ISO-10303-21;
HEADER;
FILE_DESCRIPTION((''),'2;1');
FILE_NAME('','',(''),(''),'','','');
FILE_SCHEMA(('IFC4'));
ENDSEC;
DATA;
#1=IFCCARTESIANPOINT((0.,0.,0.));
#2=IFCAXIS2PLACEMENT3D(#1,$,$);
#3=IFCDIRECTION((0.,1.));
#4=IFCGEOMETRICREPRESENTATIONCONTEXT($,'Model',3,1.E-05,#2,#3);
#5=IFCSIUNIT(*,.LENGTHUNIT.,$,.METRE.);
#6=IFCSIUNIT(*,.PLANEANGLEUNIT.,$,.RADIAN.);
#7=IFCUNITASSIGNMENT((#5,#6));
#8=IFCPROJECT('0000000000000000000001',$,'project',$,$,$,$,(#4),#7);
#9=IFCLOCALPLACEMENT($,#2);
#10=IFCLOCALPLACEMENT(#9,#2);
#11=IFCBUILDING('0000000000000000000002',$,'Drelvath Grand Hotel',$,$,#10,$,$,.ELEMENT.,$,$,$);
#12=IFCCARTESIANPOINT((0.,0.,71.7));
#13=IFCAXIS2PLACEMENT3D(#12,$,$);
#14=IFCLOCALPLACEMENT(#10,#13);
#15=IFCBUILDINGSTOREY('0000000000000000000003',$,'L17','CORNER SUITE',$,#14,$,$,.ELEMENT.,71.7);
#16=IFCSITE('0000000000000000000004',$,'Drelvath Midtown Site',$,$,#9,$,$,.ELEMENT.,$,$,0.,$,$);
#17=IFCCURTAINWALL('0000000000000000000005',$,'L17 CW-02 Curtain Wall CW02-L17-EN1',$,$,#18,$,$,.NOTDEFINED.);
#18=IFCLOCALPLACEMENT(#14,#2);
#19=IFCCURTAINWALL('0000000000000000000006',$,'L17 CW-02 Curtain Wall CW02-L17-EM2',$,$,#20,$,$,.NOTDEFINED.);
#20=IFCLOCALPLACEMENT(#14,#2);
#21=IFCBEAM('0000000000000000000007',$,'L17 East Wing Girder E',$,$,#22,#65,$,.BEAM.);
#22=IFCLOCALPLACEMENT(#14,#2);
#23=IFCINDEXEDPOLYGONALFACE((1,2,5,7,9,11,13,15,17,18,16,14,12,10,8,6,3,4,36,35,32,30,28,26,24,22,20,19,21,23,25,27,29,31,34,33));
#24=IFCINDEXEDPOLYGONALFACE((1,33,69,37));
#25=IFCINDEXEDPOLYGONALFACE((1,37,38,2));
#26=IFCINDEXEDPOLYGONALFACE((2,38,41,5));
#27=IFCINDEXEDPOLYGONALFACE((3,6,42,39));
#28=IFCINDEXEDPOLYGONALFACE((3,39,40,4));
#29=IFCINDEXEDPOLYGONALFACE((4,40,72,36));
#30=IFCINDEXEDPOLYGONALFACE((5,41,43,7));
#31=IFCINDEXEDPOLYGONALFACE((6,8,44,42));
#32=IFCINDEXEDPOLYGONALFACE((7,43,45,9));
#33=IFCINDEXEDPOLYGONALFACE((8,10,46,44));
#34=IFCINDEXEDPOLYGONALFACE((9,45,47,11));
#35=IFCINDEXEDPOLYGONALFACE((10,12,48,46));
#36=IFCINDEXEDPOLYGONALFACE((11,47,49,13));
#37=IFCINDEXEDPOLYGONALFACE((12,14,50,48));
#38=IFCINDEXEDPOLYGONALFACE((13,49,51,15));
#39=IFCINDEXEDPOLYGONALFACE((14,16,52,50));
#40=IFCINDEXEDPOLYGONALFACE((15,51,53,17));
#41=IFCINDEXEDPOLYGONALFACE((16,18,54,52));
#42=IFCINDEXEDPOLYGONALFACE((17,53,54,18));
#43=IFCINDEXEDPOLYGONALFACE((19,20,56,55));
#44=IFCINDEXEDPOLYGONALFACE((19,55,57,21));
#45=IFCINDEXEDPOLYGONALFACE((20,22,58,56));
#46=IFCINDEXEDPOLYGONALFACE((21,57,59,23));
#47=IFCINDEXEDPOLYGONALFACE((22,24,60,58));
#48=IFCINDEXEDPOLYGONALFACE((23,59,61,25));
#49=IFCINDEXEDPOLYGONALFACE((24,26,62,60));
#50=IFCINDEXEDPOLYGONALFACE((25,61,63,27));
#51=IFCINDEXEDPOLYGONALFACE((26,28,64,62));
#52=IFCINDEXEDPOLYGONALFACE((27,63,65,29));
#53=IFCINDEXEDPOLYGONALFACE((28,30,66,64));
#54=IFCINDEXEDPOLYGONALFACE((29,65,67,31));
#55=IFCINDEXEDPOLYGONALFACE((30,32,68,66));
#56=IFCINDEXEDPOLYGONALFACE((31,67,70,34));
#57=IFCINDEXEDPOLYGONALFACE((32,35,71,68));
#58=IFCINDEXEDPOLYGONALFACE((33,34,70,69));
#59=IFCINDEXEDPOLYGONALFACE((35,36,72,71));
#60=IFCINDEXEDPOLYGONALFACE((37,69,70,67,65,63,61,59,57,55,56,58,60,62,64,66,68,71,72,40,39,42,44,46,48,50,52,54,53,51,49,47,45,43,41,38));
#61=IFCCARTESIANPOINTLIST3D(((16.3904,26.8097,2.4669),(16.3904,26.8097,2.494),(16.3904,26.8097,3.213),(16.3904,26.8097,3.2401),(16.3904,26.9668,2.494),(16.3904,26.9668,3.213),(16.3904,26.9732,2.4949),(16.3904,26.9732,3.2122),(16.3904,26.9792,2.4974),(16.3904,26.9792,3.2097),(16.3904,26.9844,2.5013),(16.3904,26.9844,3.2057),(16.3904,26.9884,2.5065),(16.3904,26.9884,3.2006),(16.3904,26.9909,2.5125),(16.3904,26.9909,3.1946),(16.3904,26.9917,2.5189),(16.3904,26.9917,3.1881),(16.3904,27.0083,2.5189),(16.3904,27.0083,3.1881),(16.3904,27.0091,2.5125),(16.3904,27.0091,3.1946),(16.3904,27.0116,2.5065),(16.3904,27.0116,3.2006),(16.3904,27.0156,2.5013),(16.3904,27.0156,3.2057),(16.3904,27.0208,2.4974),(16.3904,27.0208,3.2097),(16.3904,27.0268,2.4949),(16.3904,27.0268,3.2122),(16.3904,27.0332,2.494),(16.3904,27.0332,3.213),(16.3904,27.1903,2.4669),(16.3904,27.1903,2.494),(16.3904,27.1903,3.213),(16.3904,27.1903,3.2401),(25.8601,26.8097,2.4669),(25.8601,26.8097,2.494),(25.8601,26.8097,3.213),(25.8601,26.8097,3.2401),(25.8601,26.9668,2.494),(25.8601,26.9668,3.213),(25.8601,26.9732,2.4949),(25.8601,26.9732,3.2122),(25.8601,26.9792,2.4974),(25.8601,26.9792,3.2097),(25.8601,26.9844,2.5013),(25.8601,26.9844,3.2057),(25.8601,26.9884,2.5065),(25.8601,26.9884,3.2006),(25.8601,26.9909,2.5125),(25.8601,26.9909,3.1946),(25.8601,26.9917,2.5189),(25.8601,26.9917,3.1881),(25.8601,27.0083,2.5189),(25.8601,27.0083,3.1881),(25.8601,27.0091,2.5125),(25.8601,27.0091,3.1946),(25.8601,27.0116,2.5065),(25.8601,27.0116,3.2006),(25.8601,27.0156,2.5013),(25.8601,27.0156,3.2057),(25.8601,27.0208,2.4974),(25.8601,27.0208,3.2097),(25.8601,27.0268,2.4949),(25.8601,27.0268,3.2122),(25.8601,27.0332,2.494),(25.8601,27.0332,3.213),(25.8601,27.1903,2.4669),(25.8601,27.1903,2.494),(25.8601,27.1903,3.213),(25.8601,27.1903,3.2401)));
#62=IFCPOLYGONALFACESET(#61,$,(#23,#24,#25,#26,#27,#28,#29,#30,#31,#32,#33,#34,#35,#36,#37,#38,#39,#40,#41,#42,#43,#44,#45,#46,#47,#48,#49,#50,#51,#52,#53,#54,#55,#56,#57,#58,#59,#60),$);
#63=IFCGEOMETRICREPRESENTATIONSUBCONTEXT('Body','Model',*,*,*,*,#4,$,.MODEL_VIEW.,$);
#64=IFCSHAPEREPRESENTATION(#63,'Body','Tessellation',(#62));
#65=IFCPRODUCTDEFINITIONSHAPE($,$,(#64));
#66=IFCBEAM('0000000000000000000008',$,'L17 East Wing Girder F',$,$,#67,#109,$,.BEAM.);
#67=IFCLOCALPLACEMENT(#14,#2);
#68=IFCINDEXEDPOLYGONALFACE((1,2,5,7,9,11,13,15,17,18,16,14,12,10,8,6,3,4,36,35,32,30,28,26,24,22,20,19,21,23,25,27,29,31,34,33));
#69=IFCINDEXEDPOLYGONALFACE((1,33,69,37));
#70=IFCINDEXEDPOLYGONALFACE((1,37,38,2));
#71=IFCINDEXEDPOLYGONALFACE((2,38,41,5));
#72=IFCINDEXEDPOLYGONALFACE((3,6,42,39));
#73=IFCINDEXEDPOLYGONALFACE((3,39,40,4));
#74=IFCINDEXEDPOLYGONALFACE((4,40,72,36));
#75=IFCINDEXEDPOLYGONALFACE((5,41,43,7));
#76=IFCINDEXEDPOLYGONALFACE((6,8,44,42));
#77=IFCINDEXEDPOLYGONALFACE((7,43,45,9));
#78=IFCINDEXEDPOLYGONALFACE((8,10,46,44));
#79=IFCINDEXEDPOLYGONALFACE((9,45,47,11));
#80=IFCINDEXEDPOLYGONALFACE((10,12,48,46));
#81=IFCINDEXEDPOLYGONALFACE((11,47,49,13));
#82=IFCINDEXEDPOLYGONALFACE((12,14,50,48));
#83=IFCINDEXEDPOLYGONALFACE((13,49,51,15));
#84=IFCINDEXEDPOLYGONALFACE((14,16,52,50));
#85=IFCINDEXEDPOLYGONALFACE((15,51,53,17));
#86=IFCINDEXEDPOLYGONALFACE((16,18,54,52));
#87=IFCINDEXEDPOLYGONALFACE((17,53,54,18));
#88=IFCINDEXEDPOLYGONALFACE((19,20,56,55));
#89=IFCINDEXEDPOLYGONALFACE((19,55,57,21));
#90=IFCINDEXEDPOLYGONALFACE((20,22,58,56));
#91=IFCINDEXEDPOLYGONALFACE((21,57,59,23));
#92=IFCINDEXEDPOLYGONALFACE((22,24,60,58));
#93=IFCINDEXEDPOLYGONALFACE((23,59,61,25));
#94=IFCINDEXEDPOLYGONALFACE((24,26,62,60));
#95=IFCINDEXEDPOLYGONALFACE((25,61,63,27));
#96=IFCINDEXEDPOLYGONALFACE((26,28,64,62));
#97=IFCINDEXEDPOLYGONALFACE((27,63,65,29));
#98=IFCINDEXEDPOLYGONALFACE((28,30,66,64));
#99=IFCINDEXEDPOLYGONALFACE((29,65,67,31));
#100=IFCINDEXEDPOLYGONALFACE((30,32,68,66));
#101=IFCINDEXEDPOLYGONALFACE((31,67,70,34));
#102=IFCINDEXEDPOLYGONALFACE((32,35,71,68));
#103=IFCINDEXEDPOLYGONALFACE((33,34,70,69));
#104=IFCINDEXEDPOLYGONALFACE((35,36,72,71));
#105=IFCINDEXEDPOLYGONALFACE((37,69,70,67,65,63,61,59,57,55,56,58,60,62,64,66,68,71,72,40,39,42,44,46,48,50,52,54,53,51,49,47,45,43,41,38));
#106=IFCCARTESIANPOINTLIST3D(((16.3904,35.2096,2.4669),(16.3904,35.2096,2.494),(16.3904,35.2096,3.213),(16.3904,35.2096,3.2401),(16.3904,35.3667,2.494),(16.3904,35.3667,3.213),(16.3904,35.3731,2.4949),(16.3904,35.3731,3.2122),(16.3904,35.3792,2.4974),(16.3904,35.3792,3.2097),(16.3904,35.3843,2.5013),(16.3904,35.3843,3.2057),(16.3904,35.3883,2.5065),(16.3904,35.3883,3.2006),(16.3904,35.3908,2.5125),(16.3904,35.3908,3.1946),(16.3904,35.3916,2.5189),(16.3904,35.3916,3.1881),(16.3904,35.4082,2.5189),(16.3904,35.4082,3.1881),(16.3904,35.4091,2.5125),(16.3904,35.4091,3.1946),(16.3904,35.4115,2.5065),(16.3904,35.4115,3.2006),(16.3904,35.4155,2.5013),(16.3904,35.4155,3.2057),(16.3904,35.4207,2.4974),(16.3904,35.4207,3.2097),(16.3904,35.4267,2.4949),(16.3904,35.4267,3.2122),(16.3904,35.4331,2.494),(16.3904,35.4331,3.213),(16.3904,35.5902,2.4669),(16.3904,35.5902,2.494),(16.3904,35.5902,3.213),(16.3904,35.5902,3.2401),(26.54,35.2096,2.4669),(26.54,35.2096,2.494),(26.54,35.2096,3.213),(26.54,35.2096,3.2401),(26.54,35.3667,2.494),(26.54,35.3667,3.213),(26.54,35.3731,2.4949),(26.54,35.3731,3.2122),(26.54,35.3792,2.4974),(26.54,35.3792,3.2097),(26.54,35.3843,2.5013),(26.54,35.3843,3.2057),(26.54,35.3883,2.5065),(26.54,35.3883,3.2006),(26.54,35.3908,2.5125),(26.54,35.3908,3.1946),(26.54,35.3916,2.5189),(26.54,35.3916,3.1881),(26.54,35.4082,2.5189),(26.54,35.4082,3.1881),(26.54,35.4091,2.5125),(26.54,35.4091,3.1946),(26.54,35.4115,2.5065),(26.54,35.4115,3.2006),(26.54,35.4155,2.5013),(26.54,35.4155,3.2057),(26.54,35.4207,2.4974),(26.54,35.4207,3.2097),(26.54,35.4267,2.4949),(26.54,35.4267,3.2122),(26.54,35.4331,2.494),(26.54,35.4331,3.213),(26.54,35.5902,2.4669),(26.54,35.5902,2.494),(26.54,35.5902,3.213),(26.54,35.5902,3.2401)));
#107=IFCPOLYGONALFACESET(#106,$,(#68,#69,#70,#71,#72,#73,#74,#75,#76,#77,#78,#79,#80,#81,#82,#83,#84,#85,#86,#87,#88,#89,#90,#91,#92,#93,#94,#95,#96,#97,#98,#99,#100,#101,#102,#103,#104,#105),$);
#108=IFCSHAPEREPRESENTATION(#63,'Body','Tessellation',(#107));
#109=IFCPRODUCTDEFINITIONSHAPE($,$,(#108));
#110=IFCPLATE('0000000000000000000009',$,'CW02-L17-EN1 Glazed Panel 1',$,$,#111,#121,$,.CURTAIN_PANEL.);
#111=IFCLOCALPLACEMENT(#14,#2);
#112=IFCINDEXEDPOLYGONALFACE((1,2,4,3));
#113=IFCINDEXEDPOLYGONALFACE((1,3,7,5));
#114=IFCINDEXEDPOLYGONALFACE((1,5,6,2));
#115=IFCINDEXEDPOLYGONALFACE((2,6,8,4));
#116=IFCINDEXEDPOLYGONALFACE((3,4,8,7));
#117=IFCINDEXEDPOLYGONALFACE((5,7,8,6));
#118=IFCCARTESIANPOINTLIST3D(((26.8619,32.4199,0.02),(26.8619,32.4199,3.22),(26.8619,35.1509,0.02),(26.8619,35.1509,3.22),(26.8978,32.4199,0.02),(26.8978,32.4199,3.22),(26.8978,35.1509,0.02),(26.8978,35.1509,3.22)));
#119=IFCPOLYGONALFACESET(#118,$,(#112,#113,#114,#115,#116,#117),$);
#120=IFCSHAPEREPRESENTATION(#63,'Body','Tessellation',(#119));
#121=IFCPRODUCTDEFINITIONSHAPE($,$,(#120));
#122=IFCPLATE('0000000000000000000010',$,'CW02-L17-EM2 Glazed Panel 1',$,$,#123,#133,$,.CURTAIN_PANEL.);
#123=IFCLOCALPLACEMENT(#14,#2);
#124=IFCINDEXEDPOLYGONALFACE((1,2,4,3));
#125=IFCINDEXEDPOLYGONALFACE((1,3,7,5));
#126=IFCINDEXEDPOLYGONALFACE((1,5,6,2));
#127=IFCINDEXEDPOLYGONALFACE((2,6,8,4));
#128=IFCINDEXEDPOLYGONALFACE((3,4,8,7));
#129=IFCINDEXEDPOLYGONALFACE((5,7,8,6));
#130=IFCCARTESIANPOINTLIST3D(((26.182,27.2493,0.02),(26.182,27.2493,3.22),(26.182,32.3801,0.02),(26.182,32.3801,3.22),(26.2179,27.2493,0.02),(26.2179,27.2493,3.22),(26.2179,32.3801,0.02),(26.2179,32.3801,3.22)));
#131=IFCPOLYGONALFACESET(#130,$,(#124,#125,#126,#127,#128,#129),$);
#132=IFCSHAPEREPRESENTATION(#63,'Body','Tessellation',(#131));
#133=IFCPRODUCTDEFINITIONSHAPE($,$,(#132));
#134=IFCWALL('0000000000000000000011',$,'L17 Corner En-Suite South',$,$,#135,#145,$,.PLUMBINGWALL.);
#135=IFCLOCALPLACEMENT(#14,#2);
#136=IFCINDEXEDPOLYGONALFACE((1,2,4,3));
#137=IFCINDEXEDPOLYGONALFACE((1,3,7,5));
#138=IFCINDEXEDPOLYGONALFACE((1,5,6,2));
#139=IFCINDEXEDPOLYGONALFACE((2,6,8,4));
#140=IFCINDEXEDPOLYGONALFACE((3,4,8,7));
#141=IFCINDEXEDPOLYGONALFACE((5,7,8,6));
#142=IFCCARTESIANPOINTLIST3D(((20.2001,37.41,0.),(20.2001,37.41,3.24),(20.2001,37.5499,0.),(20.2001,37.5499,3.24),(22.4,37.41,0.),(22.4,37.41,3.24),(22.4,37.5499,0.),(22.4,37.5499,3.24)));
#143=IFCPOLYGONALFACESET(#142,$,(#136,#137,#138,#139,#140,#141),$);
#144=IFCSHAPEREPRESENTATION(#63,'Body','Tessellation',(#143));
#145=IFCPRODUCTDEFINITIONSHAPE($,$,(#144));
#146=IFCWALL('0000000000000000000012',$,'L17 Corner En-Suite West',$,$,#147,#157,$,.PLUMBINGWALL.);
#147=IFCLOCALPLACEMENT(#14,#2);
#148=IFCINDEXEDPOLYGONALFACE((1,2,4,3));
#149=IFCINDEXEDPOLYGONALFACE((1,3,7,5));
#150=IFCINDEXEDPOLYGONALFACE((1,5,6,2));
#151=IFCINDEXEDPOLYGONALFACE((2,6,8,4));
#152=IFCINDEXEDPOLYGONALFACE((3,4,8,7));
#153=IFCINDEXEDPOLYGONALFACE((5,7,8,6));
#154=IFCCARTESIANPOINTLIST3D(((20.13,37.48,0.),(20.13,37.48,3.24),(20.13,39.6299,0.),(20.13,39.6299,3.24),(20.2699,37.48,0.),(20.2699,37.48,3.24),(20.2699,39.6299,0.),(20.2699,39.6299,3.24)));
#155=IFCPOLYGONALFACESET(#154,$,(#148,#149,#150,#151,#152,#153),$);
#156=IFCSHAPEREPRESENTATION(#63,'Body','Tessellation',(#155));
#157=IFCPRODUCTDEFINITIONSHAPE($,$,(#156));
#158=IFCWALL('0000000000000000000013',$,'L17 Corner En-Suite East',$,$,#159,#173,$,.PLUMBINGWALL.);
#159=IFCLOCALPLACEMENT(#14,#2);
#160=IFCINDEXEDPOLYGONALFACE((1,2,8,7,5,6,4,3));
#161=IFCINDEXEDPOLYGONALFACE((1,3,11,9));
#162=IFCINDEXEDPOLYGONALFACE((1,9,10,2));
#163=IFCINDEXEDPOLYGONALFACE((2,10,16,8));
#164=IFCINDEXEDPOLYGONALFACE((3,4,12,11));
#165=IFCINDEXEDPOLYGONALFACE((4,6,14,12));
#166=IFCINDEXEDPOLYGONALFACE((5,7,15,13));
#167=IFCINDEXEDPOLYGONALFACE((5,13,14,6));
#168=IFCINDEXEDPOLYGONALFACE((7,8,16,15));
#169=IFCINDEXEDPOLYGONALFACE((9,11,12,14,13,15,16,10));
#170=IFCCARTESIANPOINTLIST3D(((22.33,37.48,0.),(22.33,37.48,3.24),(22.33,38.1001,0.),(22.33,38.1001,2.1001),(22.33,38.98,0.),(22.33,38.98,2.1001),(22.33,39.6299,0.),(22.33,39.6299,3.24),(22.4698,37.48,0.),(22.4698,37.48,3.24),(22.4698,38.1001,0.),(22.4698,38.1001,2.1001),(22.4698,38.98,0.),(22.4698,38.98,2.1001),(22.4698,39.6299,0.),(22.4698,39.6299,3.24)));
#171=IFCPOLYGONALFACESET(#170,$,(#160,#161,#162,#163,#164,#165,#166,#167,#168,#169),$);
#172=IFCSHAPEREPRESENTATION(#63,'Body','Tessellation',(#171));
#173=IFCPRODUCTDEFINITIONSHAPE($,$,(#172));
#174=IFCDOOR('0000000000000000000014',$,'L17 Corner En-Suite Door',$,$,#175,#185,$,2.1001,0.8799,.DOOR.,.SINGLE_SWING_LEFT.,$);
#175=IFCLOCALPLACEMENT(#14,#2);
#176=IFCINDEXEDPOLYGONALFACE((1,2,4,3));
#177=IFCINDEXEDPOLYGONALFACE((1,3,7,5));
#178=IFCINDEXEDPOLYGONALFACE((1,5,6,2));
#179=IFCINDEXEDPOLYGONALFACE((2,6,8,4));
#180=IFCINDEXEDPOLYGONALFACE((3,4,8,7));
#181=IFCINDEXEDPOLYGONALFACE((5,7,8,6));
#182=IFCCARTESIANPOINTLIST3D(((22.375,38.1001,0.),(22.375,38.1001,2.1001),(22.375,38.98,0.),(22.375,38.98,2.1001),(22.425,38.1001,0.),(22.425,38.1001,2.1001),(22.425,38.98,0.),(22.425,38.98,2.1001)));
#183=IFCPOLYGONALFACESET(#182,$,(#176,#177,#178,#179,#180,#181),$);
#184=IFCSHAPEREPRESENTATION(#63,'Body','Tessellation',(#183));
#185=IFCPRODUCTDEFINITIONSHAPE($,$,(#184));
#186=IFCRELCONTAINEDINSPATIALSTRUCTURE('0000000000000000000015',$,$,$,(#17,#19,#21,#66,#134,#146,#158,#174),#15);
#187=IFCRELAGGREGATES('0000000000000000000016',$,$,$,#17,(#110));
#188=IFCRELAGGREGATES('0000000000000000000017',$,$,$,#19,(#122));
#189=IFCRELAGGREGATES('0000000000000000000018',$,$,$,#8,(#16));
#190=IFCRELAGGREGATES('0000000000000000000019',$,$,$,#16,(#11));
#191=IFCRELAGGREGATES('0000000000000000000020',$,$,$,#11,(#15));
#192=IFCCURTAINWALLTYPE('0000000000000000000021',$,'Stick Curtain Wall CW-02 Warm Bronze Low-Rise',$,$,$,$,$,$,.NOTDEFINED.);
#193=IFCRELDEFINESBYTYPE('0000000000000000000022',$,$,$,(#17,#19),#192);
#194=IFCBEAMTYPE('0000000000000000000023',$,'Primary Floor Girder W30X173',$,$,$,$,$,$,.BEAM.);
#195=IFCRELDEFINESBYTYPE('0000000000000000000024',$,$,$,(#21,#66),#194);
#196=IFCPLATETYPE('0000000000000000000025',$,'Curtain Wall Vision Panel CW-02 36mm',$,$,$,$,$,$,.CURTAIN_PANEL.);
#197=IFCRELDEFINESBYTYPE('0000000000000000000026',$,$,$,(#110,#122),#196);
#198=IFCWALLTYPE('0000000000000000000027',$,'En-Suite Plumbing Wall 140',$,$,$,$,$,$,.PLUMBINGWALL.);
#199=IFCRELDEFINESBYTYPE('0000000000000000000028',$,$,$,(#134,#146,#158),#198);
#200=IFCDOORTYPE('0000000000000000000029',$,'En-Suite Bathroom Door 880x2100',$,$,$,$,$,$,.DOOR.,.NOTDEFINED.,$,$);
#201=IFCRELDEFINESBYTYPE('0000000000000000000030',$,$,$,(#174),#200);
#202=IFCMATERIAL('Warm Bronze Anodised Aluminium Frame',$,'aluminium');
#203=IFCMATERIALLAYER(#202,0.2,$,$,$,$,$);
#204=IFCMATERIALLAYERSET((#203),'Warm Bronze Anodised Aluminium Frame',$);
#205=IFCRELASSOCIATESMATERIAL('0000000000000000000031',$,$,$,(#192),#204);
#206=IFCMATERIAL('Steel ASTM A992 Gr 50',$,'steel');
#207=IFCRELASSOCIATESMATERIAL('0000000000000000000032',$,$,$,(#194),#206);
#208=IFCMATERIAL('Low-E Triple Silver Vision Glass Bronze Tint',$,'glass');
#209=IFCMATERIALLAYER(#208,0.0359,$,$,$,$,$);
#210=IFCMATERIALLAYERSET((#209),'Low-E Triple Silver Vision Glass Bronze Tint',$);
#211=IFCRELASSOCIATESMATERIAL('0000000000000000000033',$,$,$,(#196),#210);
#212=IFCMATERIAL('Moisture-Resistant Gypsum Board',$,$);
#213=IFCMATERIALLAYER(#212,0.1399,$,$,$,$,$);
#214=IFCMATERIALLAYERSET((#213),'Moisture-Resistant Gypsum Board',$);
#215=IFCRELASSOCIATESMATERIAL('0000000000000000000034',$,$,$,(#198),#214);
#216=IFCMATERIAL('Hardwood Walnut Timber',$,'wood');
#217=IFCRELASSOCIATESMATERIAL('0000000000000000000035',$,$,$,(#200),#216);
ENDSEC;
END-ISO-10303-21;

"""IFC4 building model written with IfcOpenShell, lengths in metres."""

from ifc_helpers import new_model, si_unit, direction, frame, frame_2d, origin, origin_2d, place, context, subcontext, project, spatial, rectangle, i_section, extrude, material, layer, layer_set, material_profile, profile_set, type_object, element, fill, aggregate, save


model = new_model("IFC4")

# Units and contexts
model_context = context("Model", 3, precision=1e-05, world=origin(), true_north=direction((0.0, 1.0)))
body_context = subcontext(model_context, "Body", "Model", "MODEL_VIEW")
ifc_project = project(units=[si_unit("LENGTHUNIT", "METRE"), si_unit("PLANEANGLEUNIT", "RADIAN")], contexts=[model_context])

# Site, building, storey
site_placement = place(None, origin())
site = spatial("IfcSite", under=ifc_project, at=site_placement, Name="Drelvath Midtown Site", CompositionType="ELEMENT", RefElevation=0.0)
building_placement = place(site_placement, origin())
building = spatial("IfcBuilding", under=site, at=building_placement, Name="Drelvath Grand Hotel", CompositionType="ELEMENT")
storey_placement = place(building_placement, frame((0.0, 0.0, 71.7)))
storey = spatial("IfcBuildingStorey", under=building, at=storey_placement, Name="L17", Description="CORNER SUITE", CompositionType="ELEMENT", Elevation=71.7)

# Curtain walls
ifc_material_1 = material(Name="Warm Bronze Anodised Aluminium Frame", Category="aluminium")
ifc_layer_1 = layer(ifc_material_1, 0.2)
ifc_layer_set_1 = layer_set([ifc_layer_1], Name="Warm Bronze Anodised Aluminium Frame")
curtain_wall_type = type_object("IfcCurtainWallType", Name="Stick Curtain Wall CW-02 Warm Bronze Low-Rise", PredefinedType="NOTDEFINED", material=ifc_layer_set_1)
curtain_wall_1_placement = place(storey_placement, origin())
curtain_wall_1 = element("IfcCurtainWall", 1, at=curtain_wall_1_placement, inside=storey, type_object=curtain_wall_type, Name="L17 CW-02 Curtain Wall CW02-L17-EN1", PredefinedType="NOTDEFINED")
curtain_wall_2_placement = place(storey_placement, origin())
curtain_wall_2 = element("IfcCurtainWall", 2, at=curtain_wall_2_placement, inside=storey, type_object=curtain_wall_type, Name="L17 CW-02 Curtain Wall CW02-L17-EM2", PredefinedType="NOTDEFINED")

# Beams
ifc_material_2 = material(Name="Steel ASTM A992 Gr 50", Category="steel")
ifc_material_profile_1 = material_profile(ifc_material_2, i_section(OverallWidth=0.3806, OverallDepth=0.7732, WebThickness=0.0166, FlangeThickness=0.0271, FilletRadius=0.0249, at=origin_2d()), Name="W30X173")
ifc_profile_set_1 = profile_set([ifc_material_profile_1], Name="Steel ASTM A992 Gr 50")
beam_type_1 = type_object("IfcBeamType", Name="Primary Floor Girder W30X173", PredefinedType="BEAM", material=ifc_profile_set_1)
beam_1_placement = place(storey_placement, frame((16.3904, 27.0, 2.8535), z_axis=(1.0, 0.0, 0.0), x_axis=(0.0, 1.0, 0.0)))
element("IfcBeam", 3, at=beam_1_placement, inside=storey, type_object=beam_type_1, Name="L17 East Wing Girder E", PredefinedType="BEAM", context=body_context, shape_type="SweptSolid", body=[
    extrude(i_section(OverallWidth=0.3806, OverallDepth=0.7732, WebThickness=0.0166, FlangeThickness=0.0271, FilletRadius=0.0249, at=origin_2d()), origin(), (0.0, 0.0, 1.0), 9.4697),
])
beam_2_placement = place(storey_placement, frame((16.3904, 35.3999, 2.8535), z_axis=(1.0, 0.0, 0.0), x_axis=(0.0, 1.0, 0.0)))
element("IfcBeam", 4, at=beam_2_placement, inside=storey, type_object=beam_type_1, Name="L17 East Wing Girder F", PredefinedType="BEAM", context=body_context, shape_type="SweptSolid", body=[
    extrude(i_section(OverallWidth=0.3806, OverallDepth=0.7732, WebThickness=0.0166, FlangeThickness=0.0271, FilletRadius=0.0249, at=origin_2d()), origin(), (0.0, 0.0, 1.0), 10.1497),
])

# Plates
ifc_material_3 = material(Name="Low-E Triple Silver Vision Glass Bronze Tint", Category="glass")
ifc_layer_2 = layer(ifc_material_3, 0.0359)
ifc_layer_set_2 = layer_set([ifc_layer_2], Name="Low-E Triple Silver Vision Glass Bronze Tint")
plate_type = type_object("IfcPlateType", Name="Curtain Wall Vision Panel CW-02 36mm", PredefinedType="CURTAIN_PANEL", material=ifc_layer_set_2)
plate_1_placement = place(storey_placement, frame((26.8799, 33.7854, 0.02), z_axis=(0.0, 0.0, 1.0), x_axis=(0.0, -1.0, 0.0)))
plate_1 = element("IfcPlate", 5, at=plate_1_placement, type_object=plate_type, Name="CW02-L17-EN1 Glazed Panel 1", PredefinedType="CURTAIN_PANEL", context=body_context, shape_type="SweptSolid", body=[
    extrude(rectangle(XDim=2.731, YDim=0.0359, at=origin_2d()), origin(), (0.0, 0.0, 1.0), 3.2),
])
aggregate(curtain_wall_1, [plate_1])
plate_2_placement = place(storey_placement, frame((26.2, 29.8147, 0.02), z_axis=(0.0, 0.0, 1.0), x_axis=(0.0, -1.0, 0.0)))
plate_2 = element("IfcPlate", 6, at=plate_2_placement, type_object=plate_type, Name="CW02-L17-EM2 Glazed Panel 1", PredefinedType="CURTAIN_PANEL", context=body_context, shape_type="SweptSolid", body=[
    extrude(rectangle(XDim=5.1309, YDim=0.0359, at=origin_2d()), origin(), (0.0, 0.0, 1.0), 3.2),
])
aggregate(curtain_wall_2, [plate_2])

# Shared definitions
ifc_material_4 = material(Name="Hardwood Walnut Timber", Category="wood")

# Walls
ifc_material_5 = material(Name="Moisture-Resistant Gypsum Board")
ifc_layer_3 = layer(ifc_material_5, 0.1399)
ifc_layer_set_3 = layer_set([ifc_layer_3], Name="Moisture-Resistant Gypsum Board")
wall_type_1 = type_object("IfcWallType", Name="En-Suite Plumbing Wall 140", PredefinedType="PLUMBINGWALL", material=ifc_layer_set_3)
wall_1_placement = place(storey_placement, frame((20.2, 37.48, 0.0), z_axis=(0.0, 0.0, 1.0), x_axis=(1.0, 0.0, 0.0)))
element("IfcWall", 7, at=wall_1_placement, inside=storey, type_object=wall_type_1, Name="L17 Corner En-Suite South", PredefinedType="PLUMBINGWALL", context=body_context, shape_type="SweptSolid", body=[
    extrude(rectangle(XDim=2.2, YDim=0.1399, at=frame_2d((1.1001, 0.0))), origin(), (0.0, 0.0, 1.0), 3.24),
])
wall_2_placement = place(storey_placement, frame((20.2, 37.48, 0.0), z_axis=(0.0, 0.0, 1.0), x_axis=(0.0, 1.0, 0.0)))
element("IfcWall", 8, at=wall_2_placement, inside=storey, type_object=wall_type_1, Name="L17 Corner En-Suite West", PredefinedType="PLUMBINGWALL", context=body_context, shape_type="SweptSolid", body=[
    extrude(rectangle(XDim=2.1499, YDim=0.1399, at=frame_2d((1.075, 0.0))), origin(), (0.0, 0.0, 1.0), 3.24),
])

# Wall, opening, door
wall_3_placement = place(storey_placement, frame((22.3999, 37.48, 0.0), z_axis=(0.0, 0.0, 1.0), x_axis=(0.0, 1.0, 0.0)))
wall_3 = element("IfcWall", 9, at=wall_3_placement, inside=storey, type_object=wall_type_1, Name="L17 Corner En-Suite East", PredefinedType="PLUMBINGWALL", context=body_context, shape_type="SweptSolid", body=[
    extrude(rectangle(XDim=2.1499, YDim=0.1399, at=frame_2d((1.075, 0.0))), origin(), (0.0, 0.0, 1.0), 3.24),
])
opening_1_placement = place(wall_3_placement, frame((0.6201, 0.0, 0.0)))
opening_1 = element("IfcOpeningElement", 10, at=opening_1_placement, cuts=wall_3, PredefinedType="OPENING", context=body_context, shape_type="SweptSolid", body=[
    extrude(rectangle(XDim=0.8799, YDim=2.1001, at=frame_2d((0.4399, 1.05))), frame((0.0, 0.0798, 0.0), z_axis=(0.0, -1.0, 0.0), x_axis=(1.0, 0.0, 0.0)), (0.0, 0.0, 1.0), 0.1599),
])
door_type_1 = type_object("IfcDoorType", Name="En-Suite Bathroom Door 880x2100", OperationType="NOTDEFINED", PredefinedType="DOOR", material=ifc_material_4)
door_1_placement = place(opening_1_placement, origin())
door_1 = element("IfcDoor", 11, at=door_1_placement, inside=storey, type_object=door_type_1, Name="L17 Corner En-Suite Door", OperationType="SINGLE_SWING_LEFT", OverallHeight=2.1001, OverallWidth=0.8799, PredefinedType="DOOR", context=body_context, shape_type="SweptSolid", body=[
    extrude(rectangle(XDim=0.8799, YDim=2.1001, at=frame_2d((0.4399, 1.05))), frame((0.0, 0.0249, 0.0), z_axis=(0.0, -1.0, 0.0), x_axis=(1.0, 0.0, 0.0)), (0.0, 0.0, 1.0), 0.05),
])
fill(opening_1, door_1)

save(model, "model.ifc")
